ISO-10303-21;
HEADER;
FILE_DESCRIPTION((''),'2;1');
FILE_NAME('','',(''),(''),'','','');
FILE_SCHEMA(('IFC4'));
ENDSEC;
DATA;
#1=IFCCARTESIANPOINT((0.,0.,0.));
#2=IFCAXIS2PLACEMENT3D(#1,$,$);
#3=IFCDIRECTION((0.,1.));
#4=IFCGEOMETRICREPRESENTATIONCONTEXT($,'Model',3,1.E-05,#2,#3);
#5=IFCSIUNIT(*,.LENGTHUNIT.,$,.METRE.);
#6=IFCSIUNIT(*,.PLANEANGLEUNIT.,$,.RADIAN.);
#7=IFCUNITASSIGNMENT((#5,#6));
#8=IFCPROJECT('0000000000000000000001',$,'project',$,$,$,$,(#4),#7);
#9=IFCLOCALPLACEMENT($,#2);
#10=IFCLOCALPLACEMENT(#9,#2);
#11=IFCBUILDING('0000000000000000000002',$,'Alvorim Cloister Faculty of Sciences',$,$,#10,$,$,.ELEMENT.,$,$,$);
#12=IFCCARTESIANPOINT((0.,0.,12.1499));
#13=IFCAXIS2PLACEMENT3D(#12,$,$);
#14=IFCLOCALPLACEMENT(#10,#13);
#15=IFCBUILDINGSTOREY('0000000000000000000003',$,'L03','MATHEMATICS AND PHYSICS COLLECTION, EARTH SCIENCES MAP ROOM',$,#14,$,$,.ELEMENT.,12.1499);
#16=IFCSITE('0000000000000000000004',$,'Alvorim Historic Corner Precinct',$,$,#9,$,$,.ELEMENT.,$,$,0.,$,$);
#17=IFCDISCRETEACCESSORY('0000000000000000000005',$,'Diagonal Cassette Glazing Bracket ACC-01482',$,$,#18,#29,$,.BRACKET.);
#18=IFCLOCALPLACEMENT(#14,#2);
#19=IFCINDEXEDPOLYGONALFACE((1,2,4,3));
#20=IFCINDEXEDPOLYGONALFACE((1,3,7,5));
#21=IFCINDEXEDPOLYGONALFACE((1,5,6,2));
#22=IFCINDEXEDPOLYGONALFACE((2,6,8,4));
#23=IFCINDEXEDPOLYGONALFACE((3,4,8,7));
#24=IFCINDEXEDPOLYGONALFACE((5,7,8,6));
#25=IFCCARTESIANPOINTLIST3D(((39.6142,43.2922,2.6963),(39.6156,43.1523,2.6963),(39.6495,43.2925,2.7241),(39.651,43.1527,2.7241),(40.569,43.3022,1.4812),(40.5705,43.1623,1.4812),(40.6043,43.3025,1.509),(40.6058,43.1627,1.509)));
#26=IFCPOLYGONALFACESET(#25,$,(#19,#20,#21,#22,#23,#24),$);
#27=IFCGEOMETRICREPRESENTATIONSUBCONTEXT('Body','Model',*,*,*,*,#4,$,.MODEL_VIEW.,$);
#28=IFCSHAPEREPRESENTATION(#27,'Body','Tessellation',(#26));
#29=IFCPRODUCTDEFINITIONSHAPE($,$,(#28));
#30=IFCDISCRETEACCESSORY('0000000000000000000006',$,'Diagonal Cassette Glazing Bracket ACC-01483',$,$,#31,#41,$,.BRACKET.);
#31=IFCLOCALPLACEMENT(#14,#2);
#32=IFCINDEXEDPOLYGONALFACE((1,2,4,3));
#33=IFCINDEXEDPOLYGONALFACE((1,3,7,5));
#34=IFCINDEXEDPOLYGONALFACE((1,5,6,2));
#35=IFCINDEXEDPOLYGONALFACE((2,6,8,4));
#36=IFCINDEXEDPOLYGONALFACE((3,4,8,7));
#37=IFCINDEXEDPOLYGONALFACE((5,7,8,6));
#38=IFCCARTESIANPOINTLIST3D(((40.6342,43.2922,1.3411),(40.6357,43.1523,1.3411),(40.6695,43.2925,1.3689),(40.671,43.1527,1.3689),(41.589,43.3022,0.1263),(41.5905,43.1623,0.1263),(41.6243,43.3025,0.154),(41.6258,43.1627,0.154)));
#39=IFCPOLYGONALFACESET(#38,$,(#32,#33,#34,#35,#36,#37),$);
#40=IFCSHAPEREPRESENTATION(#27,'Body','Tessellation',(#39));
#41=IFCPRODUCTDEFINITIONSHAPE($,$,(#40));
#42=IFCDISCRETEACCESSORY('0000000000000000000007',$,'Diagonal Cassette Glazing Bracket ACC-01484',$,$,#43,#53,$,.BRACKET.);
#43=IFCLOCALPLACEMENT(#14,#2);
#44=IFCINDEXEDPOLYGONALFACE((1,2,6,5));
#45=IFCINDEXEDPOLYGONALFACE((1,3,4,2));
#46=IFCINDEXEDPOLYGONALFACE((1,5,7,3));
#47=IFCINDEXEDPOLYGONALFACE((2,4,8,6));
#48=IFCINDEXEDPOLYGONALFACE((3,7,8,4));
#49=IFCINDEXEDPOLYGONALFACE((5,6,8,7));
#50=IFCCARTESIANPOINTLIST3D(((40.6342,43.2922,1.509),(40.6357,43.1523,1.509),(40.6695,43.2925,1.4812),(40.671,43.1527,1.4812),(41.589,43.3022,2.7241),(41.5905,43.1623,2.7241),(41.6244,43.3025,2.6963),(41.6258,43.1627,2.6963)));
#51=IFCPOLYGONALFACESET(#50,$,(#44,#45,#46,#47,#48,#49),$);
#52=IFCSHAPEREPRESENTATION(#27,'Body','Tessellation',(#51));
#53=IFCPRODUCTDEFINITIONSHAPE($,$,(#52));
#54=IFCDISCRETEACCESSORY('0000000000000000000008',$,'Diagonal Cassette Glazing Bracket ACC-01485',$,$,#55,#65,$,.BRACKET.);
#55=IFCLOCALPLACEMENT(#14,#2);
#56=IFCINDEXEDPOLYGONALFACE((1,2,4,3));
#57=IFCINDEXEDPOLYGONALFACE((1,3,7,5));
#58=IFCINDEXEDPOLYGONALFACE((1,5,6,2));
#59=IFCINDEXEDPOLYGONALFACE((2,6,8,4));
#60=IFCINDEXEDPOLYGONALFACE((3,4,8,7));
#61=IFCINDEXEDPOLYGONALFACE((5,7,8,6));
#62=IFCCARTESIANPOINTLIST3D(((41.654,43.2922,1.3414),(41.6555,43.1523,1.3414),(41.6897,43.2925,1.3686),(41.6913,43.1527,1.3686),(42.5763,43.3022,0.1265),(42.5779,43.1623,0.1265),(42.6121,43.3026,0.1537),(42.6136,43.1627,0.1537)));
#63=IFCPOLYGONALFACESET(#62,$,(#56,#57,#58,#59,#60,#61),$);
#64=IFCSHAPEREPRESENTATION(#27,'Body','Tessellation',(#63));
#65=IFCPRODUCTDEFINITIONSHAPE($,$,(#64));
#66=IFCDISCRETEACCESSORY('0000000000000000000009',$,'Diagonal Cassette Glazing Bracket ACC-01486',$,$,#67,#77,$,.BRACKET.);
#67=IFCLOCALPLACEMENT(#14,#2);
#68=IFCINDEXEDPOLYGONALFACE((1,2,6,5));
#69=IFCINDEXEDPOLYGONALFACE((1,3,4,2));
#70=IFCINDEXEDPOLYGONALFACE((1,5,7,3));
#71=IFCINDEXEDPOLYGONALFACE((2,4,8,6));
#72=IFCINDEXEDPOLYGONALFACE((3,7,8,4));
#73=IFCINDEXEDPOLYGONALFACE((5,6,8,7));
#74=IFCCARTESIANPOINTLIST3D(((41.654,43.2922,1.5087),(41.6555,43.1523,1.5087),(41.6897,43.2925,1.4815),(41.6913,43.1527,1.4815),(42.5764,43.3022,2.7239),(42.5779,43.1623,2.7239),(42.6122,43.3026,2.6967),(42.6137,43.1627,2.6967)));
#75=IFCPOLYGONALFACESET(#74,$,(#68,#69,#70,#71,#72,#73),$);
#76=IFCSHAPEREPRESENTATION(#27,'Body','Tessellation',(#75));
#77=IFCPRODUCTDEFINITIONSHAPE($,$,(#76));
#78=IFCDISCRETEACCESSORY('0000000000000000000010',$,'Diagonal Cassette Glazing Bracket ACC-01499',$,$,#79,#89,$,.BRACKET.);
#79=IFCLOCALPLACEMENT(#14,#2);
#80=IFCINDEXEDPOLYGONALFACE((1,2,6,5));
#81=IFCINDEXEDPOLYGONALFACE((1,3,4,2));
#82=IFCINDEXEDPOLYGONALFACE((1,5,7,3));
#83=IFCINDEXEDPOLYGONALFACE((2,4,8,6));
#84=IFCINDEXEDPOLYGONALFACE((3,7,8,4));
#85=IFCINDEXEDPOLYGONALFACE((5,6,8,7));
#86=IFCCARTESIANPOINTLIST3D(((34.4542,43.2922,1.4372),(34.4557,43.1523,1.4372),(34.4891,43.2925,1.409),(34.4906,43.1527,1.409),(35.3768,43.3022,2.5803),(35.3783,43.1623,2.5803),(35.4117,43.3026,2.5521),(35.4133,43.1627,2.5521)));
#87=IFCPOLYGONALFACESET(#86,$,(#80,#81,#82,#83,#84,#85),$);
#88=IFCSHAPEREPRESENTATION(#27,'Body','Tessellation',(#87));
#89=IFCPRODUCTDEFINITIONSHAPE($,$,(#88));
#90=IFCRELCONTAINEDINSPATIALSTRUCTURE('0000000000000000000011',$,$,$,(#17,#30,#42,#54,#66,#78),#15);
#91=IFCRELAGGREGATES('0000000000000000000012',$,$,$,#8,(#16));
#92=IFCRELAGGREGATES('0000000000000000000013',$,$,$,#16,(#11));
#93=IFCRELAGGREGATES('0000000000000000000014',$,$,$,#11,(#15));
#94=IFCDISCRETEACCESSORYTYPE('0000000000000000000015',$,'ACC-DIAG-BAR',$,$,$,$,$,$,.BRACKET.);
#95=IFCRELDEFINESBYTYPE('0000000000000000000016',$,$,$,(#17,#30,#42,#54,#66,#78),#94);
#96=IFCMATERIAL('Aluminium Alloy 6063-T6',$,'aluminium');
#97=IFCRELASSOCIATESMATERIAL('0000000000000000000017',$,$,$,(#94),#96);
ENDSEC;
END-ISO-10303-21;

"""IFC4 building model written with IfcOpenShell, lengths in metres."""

from ifc_helpers import new_model, si_unit, direction, frame, origin, origin_2d, place, context, subcontext, project, spatial, rectangle, extrude, material, type_object, element, save


model = new_model("IFC4")

# Units and contexts
model_context = context("Model", 3, precision=1e-05, world=origin(), true_north=direction((0.0, 1.0)))
body_context = subcontext(model_context, "Body", "Model", "MODEL_VIEW")
ifc_project = project(units=[si_unit("LENGTHUNIT", "METRE"), si_unit("PLANEANGLEUNIT", "RADIAN")], contexts=[model_context])

# Site, building, storey
site_placement = place(None, origin())
site = spatial("IfcSite", under=ifc_project, at=site_placement, Name="Alvorim Historic Corner Precinct", CompositionType="ELEMENT", RefElevation=0.0)
building_placement = place(site_placement, origin())
building = spatial("IfcBuilding", under=site, at=building_placement, Name="Alvorim Cloister Faculty of Sciences", CompositionType="ELEMENT")
storey_placement = place(building_placement, frame((0.0, 0.0, 12.1499)))
storey = spatial("IfcBuildingStorey", under=building, at=storey_placement, Name="L03", Description="MATHEMATICS AND PHYSICS COLLECTION, EARTH SCIENCES MAP ROOM", CompositionType="ELEMENT", Elevation=12.1499)

# Discrete accessories
ifc_material_1 = material(Name="Aluminium Alloy 6063-T6", Category="aluminium")
discrete_accessory_type = type_object("IfcDiscreteAccessoryType", Name="ACC-DIAG-BAR", PredefinedType="BRACKET", material=ifc_material_1)
discrete_accessory_1_placement = place(storey_placement, frame((39.6326, 43.2224, 2.7102), z_axis=(0.617857, 0.006477, -0.786263), x_axis=(-0.010483, 0.999945, 0.0)))
element("IfcDiscreteAccessory", 1, at=discrete_accessory_1_placement, inside=storey, type_object=discrete_accessory_type, Name="Diagonal Cassette Glazing Bracket ACC-01482", PredefinedType="BRACKET", context=body_context, shape_type="SweptSolid", body=[
    extrude(rectangle(XDim=0.1399, YDim=0.0449, at=origin_2d()), origin(), (0.0, 0.0, 1.0), 1.5454),
])
discrete_accessory_2_placement = place(storey_placement, frame((40.6526, 43.2224, 1.355), z_axis=(0.617934, 0.006478, -0.786203), x_axis=(-0.010483, 0.999945, 0.0)))
element("IfcDiscreteAccessory", 2, at=discrete_accessory_2_placement, inside=storey, type_object=discrete_accessory_type, Name="Diagonal Cassette Glazing Bracket ACC-01483", PredefinedType="BRACKET", context=body_context, shape_type="SweptSolid", body=[
    extrude(rectangle(XDim=0.1399, YDim=0.0449, at=origin_2d()), origin(), (0.0, 0.0, 1.0), 1.5452),
])
discrete_accessory_3_placement = place(storey_placement, frame((40.6526, 43.2224, 1.4951), z_axis=(0.617857, 0.006477, 0.786263), x_axis=(-0.010483, 0.999945, 0.0)))
element("IfcDiscreteAccessory", 3, at=discrete_accessory_3_placement, inside=storey, type_object=discrete_accessory_type, Name="Diagonal Cassette Glazing Bracket ACC-01484", PredefinedType="BRACKET", context=body_context, shape_type="SweptSolid", body=[
    extrude(rectangle(XDim=0.1399, YDim=0.0449, at=origin_2d()), origin(), (0.0, 0.0, 1.0), 1.5454),
])
discrete_accessory_4_placement = place(storey_placement, frame((41.6726, 43.2224, 1.355), z_axis=(0.604689, 0.006562, -0.796435), x_axis=(-0.010852, 0.999941, 0.0)))
element("IfcDiscreteAccessory", 4, at=discrete_accessory_4_placement, inside=storey, type_object=discrete_accessory_type, Name="Diagonal Cassette Glazing Bracket ACC-01485", PredefinedType="BRACKET", context=body_context, shape_type="SweptSolid", body=[
    extrude(rectangle(XDim=0.1399, YDim=0.0449, at=origin_2d()), origin(), (0.0, 0.0, 1.0), 1.5254),
])
discrete_accessory_5_placement = place(storey_placement, frame((41.6726, 43.2224, 1.4951), z_axis=(0.604612, 0.006561, 0.796493), x_axis=(-0.010852, 0.999941, 0.0)))
element("IfcDiscreteAccessory", 5, at=discrete_accessory_5_placement, inside=storey, type_object=discrete_accessory_type, Name="Diagonal Cassette Glazing Bracket ACC-01486", PredefinedType="BRACKET", context=body_context, shape_type="SweptSolid", body=[
    extrude(rectangle(XDim=0.1399, YDim=0.0449, at=origin_2d()), origin(), (0.0, 0.0, 1.0), 1.5256),
])
discrete_accessory_6_placement = place(storey_placement, frame((34.4724, 43.2224, 1.4231), z_axis=(0.628059, 0.006814, 0.778136), x_axis=(-0.010849, 0.999941, 0.0)))
element("IfcDiscreteAccessory", 6, at=discrete_accessory_6_placement, inside=storey, type_object=discrete_accessory_type, Name="Diagonal Cassette Glazing Bracket ACC-01499", PredefinedType="BRACKET", context=body_context, shape_type="SweptSolid", body=[
    extrude(rectangle(XDim=0.1399, YDim=0.0449, at=origin_2d()), origin(), (0.0, 0.0, 1.0), 1.469),
])

save(model, "model.ifc")
